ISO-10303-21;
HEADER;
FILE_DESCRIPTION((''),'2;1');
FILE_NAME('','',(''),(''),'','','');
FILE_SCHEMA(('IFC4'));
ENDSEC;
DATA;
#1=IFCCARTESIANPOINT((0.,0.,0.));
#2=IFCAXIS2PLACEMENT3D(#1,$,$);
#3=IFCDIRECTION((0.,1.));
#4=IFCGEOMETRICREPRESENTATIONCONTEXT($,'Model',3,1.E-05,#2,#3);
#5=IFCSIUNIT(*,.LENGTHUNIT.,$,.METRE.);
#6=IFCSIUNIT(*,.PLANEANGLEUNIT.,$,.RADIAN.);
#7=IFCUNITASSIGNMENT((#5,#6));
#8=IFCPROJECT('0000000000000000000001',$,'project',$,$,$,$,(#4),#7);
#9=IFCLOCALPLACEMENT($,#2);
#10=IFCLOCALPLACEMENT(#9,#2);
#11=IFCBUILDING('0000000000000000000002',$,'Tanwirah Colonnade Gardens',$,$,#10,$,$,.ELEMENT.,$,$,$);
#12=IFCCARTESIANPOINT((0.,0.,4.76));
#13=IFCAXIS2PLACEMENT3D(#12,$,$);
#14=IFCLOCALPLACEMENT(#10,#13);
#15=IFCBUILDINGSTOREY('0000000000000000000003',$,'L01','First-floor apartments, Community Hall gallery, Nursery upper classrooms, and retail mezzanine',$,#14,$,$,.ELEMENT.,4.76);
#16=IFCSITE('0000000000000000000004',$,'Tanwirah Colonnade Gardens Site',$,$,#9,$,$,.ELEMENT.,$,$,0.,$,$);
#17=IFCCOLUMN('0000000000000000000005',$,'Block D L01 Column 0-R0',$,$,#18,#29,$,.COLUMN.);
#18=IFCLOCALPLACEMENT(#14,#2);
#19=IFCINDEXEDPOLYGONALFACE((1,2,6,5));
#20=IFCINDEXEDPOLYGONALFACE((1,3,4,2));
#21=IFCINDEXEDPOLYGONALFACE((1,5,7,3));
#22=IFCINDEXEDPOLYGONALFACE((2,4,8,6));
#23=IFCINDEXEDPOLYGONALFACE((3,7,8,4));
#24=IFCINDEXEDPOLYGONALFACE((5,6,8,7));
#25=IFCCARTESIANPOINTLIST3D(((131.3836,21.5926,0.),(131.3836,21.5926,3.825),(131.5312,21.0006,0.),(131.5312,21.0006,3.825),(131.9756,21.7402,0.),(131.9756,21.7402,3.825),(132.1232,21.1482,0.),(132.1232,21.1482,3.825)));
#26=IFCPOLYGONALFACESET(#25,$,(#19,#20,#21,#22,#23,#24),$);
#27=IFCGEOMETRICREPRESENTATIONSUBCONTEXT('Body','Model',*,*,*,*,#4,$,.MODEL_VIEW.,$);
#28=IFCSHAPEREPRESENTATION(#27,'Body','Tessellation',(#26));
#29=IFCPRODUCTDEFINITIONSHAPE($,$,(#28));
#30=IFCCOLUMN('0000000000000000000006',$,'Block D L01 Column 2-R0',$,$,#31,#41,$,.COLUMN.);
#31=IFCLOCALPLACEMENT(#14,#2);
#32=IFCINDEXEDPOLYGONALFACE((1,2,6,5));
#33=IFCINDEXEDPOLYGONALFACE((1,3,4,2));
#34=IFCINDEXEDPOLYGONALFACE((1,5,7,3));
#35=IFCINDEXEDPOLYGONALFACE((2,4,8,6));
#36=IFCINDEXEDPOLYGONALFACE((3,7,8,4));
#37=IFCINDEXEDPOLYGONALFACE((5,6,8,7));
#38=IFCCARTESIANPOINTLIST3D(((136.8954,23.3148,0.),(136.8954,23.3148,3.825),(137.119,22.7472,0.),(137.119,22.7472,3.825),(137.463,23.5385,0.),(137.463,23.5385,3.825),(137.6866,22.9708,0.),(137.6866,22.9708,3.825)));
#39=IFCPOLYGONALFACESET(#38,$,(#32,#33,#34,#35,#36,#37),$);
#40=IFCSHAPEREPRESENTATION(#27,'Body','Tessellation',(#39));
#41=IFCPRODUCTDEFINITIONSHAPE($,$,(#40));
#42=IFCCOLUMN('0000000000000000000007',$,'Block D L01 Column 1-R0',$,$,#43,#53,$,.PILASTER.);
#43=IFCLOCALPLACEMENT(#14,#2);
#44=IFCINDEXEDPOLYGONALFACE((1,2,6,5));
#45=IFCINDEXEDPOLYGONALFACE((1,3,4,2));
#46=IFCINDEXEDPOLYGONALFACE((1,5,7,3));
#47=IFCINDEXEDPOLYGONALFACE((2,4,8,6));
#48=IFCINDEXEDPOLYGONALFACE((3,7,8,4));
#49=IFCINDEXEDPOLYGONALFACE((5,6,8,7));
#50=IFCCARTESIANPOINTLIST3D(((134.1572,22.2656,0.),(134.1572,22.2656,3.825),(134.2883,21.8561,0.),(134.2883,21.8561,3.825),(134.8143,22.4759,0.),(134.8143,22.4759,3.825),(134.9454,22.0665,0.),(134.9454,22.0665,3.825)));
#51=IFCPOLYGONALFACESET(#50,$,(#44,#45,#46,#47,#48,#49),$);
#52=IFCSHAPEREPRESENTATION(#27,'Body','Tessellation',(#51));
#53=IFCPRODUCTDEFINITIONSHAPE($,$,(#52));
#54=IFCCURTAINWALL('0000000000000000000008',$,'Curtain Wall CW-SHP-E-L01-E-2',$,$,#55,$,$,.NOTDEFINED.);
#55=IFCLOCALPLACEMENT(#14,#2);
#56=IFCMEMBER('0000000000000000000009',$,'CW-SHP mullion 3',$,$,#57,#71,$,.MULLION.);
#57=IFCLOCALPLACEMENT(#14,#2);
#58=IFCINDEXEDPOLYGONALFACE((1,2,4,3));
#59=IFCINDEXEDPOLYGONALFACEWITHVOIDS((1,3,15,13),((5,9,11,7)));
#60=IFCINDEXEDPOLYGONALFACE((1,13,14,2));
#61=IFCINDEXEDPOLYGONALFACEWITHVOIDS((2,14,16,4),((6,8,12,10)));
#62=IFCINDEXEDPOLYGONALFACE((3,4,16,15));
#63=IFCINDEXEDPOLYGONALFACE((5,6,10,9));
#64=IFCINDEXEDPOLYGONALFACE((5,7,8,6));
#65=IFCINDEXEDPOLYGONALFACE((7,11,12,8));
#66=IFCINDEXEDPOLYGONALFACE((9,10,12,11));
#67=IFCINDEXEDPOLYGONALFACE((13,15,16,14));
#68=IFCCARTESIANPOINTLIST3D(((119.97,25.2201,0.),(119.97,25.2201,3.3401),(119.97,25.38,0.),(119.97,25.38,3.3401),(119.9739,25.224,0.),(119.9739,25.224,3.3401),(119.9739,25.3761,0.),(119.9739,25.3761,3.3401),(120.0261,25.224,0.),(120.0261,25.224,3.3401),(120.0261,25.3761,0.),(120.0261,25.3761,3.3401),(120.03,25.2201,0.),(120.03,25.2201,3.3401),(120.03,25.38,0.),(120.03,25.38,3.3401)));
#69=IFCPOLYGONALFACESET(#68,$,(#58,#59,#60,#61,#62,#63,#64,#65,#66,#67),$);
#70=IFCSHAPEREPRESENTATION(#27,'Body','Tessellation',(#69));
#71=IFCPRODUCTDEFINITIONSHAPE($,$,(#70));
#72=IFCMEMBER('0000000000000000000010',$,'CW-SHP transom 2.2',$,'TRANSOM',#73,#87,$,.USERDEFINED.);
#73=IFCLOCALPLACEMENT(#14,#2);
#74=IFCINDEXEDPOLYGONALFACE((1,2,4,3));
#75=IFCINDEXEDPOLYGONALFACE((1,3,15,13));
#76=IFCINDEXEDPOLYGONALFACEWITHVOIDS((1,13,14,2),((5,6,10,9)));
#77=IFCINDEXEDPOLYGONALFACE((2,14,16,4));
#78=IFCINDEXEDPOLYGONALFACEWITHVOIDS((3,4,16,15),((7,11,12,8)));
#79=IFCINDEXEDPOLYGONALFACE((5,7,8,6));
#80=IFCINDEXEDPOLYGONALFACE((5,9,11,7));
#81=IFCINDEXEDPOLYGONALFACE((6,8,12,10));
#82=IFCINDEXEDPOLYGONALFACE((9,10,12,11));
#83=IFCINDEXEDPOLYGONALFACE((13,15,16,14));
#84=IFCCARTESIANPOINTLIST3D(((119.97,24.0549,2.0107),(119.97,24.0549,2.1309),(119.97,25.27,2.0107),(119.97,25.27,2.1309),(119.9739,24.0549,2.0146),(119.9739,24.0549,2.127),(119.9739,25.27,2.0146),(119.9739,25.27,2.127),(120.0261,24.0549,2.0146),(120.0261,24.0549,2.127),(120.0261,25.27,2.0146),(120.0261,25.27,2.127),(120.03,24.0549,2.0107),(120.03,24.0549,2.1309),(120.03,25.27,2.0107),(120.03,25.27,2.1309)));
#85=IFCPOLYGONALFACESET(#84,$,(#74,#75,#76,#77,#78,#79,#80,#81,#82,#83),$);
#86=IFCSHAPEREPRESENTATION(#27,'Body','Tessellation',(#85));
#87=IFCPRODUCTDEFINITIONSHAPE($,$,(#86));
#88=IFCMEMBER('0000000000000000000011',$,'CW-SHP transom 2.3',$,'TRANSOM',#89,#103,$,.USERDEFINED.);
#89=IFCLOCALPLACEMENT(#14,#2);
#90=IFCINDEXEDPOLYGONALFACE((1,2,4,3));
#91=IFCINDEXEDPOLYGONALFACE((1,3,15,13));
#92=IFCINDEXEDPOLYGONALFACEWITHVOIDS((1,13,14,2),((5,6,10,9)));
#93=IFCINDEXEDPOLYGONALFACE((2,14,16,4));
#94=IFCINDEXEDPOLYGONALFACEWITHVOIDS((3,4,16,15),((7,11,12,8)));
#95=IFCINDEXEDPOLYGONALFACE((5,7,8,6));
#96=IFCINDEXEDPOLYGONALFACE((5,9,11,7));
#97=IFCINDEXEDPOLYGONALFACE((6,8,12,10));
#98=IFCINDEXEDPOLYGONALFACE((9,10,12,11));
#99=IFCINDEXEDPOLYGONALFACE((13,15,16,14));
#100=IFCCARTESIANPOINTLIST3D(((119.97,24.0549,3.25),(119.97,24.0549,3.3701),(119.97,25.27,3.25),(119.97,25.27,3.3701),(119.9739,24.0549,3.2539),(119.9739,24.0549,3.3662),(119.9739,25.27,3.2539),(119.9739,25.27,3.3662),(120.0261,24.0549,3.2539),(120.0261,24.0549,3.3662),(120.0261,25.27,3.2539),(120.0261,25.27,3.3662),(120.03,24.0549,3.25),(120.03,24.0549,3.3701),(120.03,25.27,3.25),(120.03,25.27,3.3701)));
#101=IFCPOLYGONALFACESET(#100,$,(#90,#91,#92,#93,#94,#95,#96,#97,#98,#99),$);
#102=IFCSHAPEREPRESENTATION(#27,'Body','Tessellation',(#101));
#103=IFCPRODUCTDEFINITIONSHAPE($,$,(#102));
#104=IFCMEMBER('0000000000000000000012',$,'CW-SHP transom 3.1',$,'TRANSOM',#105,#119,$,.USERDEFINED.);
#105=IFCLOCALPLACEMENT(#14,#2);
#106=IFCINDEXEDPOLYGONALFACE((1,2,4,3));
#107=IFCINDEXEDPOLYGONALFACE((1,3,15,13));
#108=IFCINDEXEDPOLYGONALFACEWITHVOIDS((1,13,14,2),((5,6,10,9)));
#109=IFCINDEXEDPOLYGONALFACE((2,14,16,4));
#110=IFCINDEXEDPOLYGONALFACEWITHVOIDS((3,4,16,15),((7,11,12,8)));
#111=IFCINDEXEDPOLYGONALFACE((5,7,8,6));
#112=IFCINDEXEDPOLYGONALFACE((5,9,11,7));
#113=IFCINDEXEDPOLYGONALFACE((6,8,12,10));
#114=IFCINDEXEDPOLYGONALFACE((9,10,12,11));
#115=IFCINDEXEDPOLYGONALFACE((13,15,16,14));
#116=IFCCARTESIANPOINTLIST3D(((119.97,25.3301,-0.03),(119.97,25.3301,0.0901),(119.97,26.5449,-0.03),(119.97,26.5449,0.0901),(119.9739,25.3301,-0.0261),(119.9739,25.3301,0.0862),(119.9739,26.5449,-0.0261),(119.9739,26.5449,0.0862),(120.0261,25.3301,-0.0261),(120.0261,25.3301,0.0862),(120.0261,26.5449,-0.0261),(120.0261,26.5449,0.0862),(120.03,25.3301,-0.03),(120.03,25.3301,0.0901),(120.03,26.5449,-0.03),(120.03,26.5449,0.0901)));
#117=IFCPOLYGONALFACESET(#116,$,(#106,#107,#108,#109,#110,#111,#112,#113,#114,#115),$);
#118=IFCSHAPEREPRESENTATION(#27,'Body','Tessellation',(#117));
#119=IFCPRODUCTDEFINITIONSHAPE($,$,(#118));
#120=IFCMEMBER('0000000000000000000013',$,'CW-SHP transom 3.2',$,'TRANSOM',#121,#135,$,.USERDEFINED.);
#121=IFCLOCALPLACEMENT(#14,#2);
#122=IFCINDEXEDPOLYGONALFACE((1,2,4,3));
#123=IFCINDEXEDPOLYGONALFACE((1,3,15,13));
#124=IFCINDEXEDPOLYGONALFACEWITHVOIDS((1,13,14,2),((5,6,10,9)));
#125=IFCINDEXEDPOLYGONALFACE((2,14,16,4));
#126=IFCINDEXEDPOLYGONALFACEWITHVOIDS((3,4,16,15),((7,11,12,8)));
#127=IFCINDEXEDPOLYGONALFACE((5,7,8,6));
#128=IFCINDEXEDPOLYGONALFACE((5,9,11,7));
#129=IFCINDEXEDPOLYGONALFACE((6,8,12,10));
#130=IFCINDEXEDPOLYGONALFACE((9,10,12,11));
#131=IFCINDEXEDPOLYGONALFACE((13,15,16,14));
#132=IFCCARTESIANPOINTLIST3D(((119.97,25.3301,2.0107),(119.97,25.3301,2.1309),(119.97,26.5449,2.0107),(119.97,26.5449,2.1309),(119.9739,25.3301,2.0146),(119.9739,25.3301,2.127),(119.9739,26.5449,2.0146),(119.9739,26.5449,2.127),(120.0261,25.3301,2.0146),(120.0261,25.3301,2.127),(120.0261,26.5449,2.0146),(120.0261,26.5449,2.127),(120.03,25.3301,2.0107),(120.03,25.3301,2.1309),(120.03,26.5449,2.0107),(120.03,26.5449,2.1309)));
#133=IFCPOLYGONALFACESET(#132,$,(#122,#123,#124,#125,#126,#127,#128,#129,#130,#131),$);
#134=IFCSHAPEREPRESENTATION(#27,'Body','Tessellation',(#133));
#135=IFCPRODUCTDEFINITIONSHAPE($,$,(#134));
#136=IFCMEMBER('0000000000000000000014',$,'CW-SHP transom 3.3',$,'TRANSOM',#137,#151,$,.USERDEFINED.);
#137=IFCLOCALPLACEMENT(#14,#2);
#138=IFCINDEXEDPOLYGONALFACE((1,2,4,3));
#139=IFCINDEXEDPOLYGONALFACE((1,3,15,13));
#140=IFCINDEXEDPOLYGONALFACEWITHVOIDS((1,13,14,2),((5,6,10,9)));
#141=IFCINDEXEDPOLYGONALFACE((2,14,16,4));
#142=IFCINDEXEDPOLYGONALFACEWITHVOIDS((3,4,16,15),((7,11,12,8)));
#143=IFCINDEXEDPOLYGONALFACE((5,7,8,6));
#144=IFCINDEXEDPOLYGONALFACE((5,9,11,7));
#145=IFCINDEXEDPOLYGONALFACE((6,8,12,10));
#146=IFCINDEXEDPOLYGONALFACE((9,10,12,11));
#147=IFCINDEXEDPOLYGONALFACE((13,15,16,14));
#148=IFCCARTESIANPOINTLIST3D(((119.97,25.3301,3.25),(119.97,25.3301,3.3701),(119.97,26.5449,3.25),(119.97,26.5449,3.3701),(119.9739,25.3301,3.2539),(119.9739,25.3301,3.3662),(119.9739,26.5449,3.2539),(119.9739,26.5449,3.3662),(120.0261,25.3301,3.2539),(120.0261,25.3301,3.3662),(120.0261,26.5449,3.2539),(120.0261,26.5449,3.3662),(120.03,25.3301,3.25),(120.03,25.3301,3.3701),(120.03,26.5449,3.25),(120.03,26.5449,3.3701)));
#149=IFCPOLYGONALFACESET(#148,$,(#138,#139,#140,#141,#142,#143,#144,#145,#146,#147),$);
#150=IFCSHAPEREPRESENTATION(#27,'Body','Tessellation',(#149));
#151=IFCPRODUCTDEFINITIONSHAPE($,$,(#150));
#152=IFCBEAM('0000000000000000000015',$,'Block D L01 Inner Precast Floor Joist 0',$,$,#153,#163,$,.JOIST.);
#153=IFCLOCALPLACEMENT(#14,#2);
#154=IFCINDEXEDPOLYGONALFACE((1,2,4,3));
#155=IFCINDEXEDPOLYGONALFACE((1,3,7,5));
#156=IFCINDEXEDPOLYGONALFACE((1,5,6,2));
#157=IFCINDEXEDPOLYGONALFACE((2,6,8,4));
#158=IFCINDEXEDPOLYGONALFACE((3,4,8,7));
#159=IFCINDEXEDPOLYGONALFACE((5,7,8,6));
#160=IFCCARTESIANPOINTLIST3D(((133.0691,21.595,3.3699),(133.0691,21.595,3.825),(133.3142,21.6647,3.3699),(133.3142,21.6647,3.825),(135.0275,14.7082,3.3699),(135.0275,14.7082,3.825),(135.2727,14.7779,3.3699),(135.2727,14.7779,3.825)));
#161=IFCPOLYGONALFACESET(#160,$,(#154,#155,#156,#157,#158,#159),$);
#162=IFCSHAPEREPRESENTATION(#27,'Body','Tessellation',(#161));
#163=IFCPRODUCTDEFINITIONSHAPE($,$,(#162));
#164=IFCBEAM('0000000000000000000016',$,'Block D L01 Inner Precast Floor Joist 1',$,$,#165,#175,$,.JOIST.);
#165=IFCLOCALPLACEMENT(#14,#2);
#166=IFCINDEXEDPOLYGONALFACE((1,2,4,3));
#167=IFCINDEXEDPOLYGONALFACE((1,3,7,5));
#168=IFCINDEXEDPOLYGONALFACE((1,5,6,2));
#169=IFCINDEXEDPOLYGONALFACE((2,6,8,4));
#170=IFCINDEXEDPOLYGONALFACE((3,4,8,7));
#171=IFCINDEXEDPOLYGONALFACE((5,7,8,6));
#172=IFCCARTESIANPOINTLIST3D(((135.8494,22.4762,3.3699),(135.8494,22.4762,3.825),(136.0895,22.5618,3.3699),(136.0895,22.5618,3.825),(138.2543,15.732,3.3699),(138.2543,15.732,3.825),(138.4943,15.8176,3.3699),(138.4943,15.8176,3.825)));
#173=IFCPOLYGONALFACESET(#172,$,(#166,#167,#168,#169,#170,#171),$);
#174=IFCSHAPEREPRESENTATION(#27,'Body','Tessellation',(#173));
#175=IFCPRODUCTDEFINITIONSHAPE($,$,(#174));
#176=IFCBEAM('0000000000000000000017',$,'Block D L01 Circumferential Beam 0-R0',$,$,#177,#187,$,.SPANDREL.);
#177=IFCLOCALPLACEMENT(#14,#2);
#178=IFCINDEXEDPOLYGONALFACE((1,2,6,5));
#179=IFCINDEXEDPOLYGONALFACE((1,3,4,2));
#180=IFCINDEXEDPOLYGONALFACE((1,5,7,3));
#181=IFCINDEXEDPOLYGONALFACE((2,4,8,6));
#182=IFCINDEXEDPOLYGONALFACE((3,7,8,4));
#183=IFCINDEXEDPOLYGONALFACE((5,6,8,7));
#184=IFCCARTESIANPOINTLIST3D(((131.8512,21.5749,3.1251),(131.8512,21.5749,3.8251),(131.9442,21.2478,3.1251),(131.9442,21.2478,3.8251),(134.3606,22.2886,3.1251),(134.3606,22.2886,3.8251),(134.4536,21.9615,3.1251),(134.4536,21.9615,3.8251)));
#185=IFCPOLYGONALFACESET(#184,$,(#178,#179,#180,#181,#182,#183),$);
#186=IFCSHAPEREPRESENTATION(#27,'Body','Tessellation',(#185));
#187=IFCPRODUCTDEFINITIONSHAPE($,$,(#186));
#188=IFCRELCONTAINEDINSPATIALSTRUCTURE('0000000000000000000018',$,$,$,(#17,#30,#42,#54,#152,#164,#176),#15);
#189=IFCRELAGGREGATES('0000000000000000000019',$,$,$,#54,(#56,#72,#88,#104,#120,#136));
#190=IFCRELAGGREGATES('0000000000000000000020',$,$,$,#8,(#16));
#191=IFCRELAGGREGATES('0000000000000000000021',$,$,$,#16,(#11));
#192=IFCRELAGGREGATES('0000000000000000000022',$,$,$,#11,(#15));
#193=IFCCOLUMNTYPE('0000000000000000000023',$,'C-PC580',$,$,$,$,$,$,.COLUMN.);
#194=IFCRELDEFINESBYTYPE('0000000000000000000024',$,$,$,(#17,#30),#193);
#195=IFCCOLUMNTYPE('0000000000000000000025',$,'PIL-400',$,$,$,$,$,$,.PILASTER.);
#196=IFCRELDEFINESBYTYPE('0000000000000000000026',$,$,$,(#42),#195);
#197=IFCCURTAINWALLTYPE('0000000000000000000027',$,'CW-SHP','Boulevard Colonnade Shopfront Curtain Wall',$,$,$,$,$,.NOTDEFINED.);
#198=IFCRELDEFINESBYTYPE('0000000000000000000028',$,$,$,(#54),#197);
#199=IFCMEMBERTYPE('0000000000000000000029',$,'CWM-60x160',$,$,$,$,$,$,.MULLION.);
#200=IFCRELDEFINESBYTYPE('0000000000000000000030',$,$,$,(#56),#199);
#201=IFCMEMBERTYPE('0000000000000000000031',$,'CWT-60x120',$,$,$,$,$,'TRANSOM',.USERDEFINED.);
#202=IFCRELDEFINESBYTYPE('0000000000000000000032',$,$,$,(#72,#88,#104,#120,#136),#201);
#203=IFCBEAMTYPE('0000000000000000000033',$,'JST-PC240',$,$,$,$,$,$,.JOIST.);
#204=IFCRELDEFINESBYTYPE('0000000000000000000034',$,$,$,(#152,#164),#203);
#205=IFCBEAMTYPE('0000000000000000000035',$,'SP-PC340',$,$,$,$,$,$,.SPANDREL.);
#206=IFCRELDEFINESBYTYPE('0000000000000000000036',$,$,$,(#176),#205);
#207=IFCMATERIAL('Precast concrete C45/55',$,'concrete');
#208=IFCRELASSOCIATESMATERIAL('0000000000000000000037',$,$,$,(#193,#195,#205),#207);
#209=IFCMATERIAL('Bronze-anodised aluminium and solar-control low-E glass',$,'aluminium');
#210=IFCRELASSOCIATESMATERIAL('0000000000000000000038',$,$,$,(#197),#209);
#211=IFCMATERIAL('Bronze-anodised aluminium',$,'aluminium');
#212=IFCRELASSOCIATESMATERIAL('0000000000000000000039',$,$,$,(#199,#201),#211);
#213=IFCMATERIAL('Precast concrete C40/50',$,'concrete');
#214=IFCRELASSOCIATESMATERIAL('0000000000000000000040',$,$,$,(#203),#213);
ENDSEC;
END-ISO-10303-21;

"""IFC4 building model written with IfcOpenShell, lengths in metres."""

from ifc_helpers import new_model, si_unit, direction, frame, origin, origin_2d, place, context, subcontext, project, spatial, rectangle, hollow_rectangle, extrude, material, material_profile, profile_set, type_object, element, aggregate, save


model = new_model("IFC4")

# Units and contexts
model_context = context("Model", 3, precision=1e-05, world=origin(), true_north=direction((0.0, 1.0)))
body_context = subcontext(model_context, "Body", "Model", "MODEL_VIEW")
ifc_project = project(units=[si_unit("LENGTHUNIT", "METRE"), si_unit("PLANEANGLEUNIT", "RADIAN")], contexts=[model_context])

# Site, building, storey
site_placement = place(None, origin())
site = spatial("IfcSite", under=ifc_project, at=site_placement, Name="Tanwirah Colonnade Gardens Site", CompositionType="ELEMENT", RefElevation=0.0)
building_placement = place(site_placement, origin())
building = spatial("IfcBuilding", under=site, at=building_placement, Name="Tanwirah Colonnade Gardens", CompositionType="ELEMENT")
storey_placement = place(building_placement, frame((0.0, 0.0, 4.76)))
storey = spatial("IfcBuildingStorey", under=building, at=storey_placement, Name="L01", Description="First-floor apartments, Community Hall gallery, Nursery upper classrooms, and retail mezzanine", CompositionType="ELEMENT", Elevation=4.76)

# Columns
ifc_material_1 = material(Name="Precast concrete C45/55", Category="concrete")
ifc_material_profile_1 = material_profile(ifc_material_1, rectangle(XDim=0.6101, YDim=0.6101, at=origin_2d()), Name="PC-COL 610x610")
ifc_profile_set_1 = profile_set([ifc_material_profile_1], Name="Precast concrete C45/55")
column_type_1 = type_object("IfcColumnType", Name="C-PC580", PredefinedType="COLUMN", material=ifc_profile_set_1)
for number, where, z_axis, x_axis, name in (
    (1, (131.7534, 21.3704, 0.0), (0.0, 0.0, 1.0), (0.241922, -0.970296, 0.0), "Block D L01 Column 0-R0"),
    (2, (137.291, 23.1428, 0.0), (0.0, 0.0, 1.0), (0.366501, -0.930418, 0.0), "Block D L01 Column 2-R0"),
):
    element("IfcColumn", number, at=place(storey_placement, frame(where, z_axis=z_axis, x_axis=x_axis)), inside=storey, type_object=column_type_1, Name=name, PredefinedType="COLUMN", context=body_context, shape_type="SweptSolid", body=[
        extrude(rectangle(XDim=0.6101, YDim=0.6101, at=origin_2d()), origin(), (0.0, 0.0, 1.0), 3.825),
    ])
ifc_material_profile_2 = material_profile(ifc_material_1, rectangle(XDim=0.4299, YDim=0.6899, at=origin_2d()), Name="PC-PIL 430x690")
ifc_profile_set_2 = profile_set([ifc_material_profile_2], Name="Precast concrete C45/55")
column_type_2 = type_object("IfcColumnType", Name="PIL-400", PredefinedType="PILASTER", material=ifc_profile_set_2)
column_placement = place(storey_placement, frame((134.5513, 22.166, 0.0), z_axis=(0.0, 0.0, 1.0), x_axis=(0.304864, -0.952396, 0.0)))
element("IfcColumn", 3, at=column_placement, inside=storey, type_object=column_type_2, Name="Block D L01 Column 1-R0", PredefinedType="PILASTER", context=body_context, shape_type="SweptSolid", body=[
    extrude(rectangle(XDim=0.4299, YDim=0.6899, at=origin_2d()), origin(), (0.0, 0.0, 1.0), 3.825),
])

# Curtain wall, members
ifc_material_2 = material(Name="Bronze-anodised aluminium and solar-control low-E glass", Category="aluminium")
curtain_wall_type = type_object("IfcCurtainWallType", Name="CW-SHP", Description="Boulevard Colonnade Shopfront Curtain Wall", PredefinedType="NOTDEFINED", material=ifc_material_2)
curtain_wall_placement = place(storey_placement, origin())
curtain_wall = element("IfcCurtainWall", 4, at=curtain_wall_placement, inside=storey, type_object=curtain_wall_type, Name="Curtain Wall CW-SHP-E-L01-E-2", PredefinedType="NOTDEFINED")
ifc_material_3 = material(Name="Bronze-anodised aluminium", Category="aluminium")
ifc_material_profile_3 = material_profile(ifc_material_3, hollow_rectangle(XDim=0.0601, YDim=0.1599, WallThickness=0.0039, at=origin_2d()), Name="CW-MUL 60x160x4")
ifc_profile_set_3 = profile_set([ifc_material_profile_3], Name="Bronze-anodised aluminium")
member_type_1 = type_object("IfcMemberType", Name="CWM-60x160", PredefinedType="MULLION", material=ifc_profile_set_3)
member_1_placement = place(storey_placement, frame((120.0, 25.3, 0.0), z_axis=(0.0, 0.0, 1.0), x_axis=(-1.0, 0.0, 0.0)))
member_1 = element("IfcMember", 5, at=member_1_placement, type_object=member_type_1, Name="CW-SHP mullion 3", PredefinedType="MULLION", context=body_context, shape_type="SweptSolid", body=[
    extrude(hollow_rectangle(XDim=0.0601, YDim=0.1599, WallThickness=0.0039, at=origin_2d()), origin(), (0.0, 0.0, 1.0), 3.3401),
])
ifc_material_profile_4 = material_profile(ifc_material_3, hollow_rectangle(XDim=0.0601, YDim=0.1201, WallThickness=0.0039, at=origin_2d()), Name="CW-TRN 60x120x4")
ifc_profile_set_4 = profile_set([ifc_material_profile_4], Name="Bronze-anodised aluminium")
member_type_2 = type_object("IfcMemberType", Name="CWT-60x120", ElementType="TRANSOM", PredefinedType="USERDEFINED", material=ifc_profile_set_4)
member_2_placement = place(storey_placement, frame((120.0, 24.0549, 2.0708), z_axis=(0.0, 1.0, 0.0), x_axis=(-1.0, 0.0, 0.0)))
member_2 = element("IfcMember", 6, at=member_2_placement, type_object=member_type_2, Name="CW-SHP transom 2.2", ObjectType="TRANSOM", PredefinedType="USERDEFINED", context=body_context, shape_type="SweptSolid", body=[
    extrude(hollow_rectangle(XDim=0.0601, YDim=0.1201, WallThickness=0.0039, at=origin_2d()), origin(), (0.0, 0.0, 1.0), 1.2151),
])
member_3_placement = place(storey_placement, frame((120.0, 24.0549, 3.3101), z_axis=(0.0, 1.0, 0.0), x_axis=(-1.0, 0.0, 0.0)))
member_3 = element("IfcMember", 7, at=member_3_placement, type_object=member_type_2, Name="CW-SHP transom 2.3", ObjectType="TRANSOM", PredefinedType="USERDEFINED", context=body_context, shape_type="SweptSolid", body=[
    extrude(hollow_rectangle(XDim=0.0601, YDim=0.1201, WallThickness=0.0039, at=origin_2d()), origin(), (0.0, 0.0, 1.0), 1.2151),
])
member_4_placement = place(storey_placement, frame((120.0, 25.3301, 0.03), z_axis=(0.0, 1.0, 0.0), x_axis=(-1.0, 0.0, 0.0)))
member_4 = element("IfcMember", 8, at=member_4_placement, type_object=member_type_2, Name="CW-SHP transom 3.1", ObjectType="TRANSOM", PredefinedType="USERDEFINED", context=body_context, shape_type="SweptSolid", body=[
    extrude(hollow_rectangle(XDim=0.0601, YDim=0.1201, WallThickness=0.0039, at=origin_2d()), origin(), (0.0, 0.0, 1.0), 1.2148),
])
member_5_placement = place(storey_placement, frame((120.0, 25.3301, 2.0708), z_axis=(0.0, 1.0, 0.0), x_axis=(-1.0, 0.0, 0.0)))
member_5 = element("IfcMember", 9, at=member_5_placement, type_object=member_type_2, Name="CW-SHP transom 3.2", ObjectType="TRANSOM", PredefinedType="USERDEFINED", context=body_context, shape_type="SweptSolid", body=[
    extrude(hollow_rectangle(XDim=0.0601, YDim=0.1201, WallThickness=0.0039, at=origin_2d()), origin(), (0.0, 0.0, 1.0), 1.2148),
])
member_6_placement = place(storey_placement, frame((120.0, 25.3301, 3.3101), z_axis=(0.0, 1.0, 0.0), x_axis=(-1.0, 0.0, 0.0)))
member_6 = element("IfcMember", 10, at=member_6_placement, type_object=member_type_2, Name="CW-SHP transom 3.3", ObjectType="TRANSOM", PredefinedType="USERDEFINED", context=body_context, shape_type="SweptSolid", body=[
    extrude(hollow_rectangle(XDim=0.0601, YDim=0.1201, WallThickness=0.0039, at=origin_2d()), origin(), (0.0, 0.0, 1.0), 1.2148),
])

# Beams
ifc_material_4 = material(Name="Precast concrete C40/50", Category="concrete")
ifc_material_profile_5 = material_profile(ifc_material_4, rectangle(XDim=0.2549, YDim=0.4551, at=origin_2d()), Name="PC-JST 255x455")
ifc_profile_set_5 = profile_set([ifc_material_profile_5], Name="Precast concrete C40/50")
beam_type_1 = type_object("IfcBeamType", Name="JST-PC240", PredefinedType="JOIST", material=ifc_profile_set_5)
beam_1_placement = place(storey_placement, frame((133.1917, 21.6299, 3.5974), z_axis=(0.273532, -0.961863, 0.0), x_axis=(0.961863, 0.273532, 0.0)))
element("IfcBeam", 11, at=beam_1_placement, inside=storey, type_object=beam_type_1, Name="Block D L01 Inner Precast Floor Joist 0", PredefinedType="JOIST", context=body_context, shape_type="SweptSolid", body=[
    extrude(rectangle(XDim=0.2549, YDim=0.4551, at=origin_2d()), origin(), (0.0, 0.0, 1.0), 7.1599),
])
beam_2_placement = place(storey_placement, frame((135.9695, 22.519, 3.5974), z_axis=(0.335861, -0.941912, 0.0), x_axis=(0.941912, 0.335861, 0.0)))
element("IfcBeam", 12, at=beam_2_placement, inside=storey, type_object=beam_type_1, Name="Block D L01 Inner Precast Floor Joist 1", PredefinedType="JOIST", context=body_context, shape_type="SweptSolid", body=[
    extrude(rectangle(XDim=0.2549, YDim=0.4551, at=origin_2d()), origin(), (0.0, 0.0, 1.0), 7.1602),
])
ifc_material_profile_6 = material_profile(ifc_material_1, rectangle(XDim=0.3401, YDim=0.7, at=origin_2d()), Name="PC-SP 340x700")
ifc_profile_set_6 = profile_set([ifc_material_profile_6], Name="Precast concrete C45/55")
beam_type_2 = type_object("IfcBeamType", Name="SP-PC340", PredefinedType="SPANDREL", material=ifc_profile_set_6)
beam_3_placement = place(storey_placement, frame((131.8977, 21.4114, 3.4751), z_axis=(0.961859, 0.273547, 0.0), x_axis=(-0.273547, 0.961859, 0.0)))
element("IfcBeam", 13, at=beam_3_placement, inside=storey, type_object=beam_type_2, Name="Block D L01 Circumferential Beam 0-R0", PredefinedType="SPANDREL", context=body_context, shape_type="SweptSolid", body=[
    extrude(rectangle(XDim=0.3401, YDim=0.7, at=origin_2d()), origin(), (0.0, 0.0, 1.0), 2.6089),
])

aggregate(curtain_wall, [member_1, member_2, member_3, member_4, member_5, member_6])

save(model, "model.ifc")
